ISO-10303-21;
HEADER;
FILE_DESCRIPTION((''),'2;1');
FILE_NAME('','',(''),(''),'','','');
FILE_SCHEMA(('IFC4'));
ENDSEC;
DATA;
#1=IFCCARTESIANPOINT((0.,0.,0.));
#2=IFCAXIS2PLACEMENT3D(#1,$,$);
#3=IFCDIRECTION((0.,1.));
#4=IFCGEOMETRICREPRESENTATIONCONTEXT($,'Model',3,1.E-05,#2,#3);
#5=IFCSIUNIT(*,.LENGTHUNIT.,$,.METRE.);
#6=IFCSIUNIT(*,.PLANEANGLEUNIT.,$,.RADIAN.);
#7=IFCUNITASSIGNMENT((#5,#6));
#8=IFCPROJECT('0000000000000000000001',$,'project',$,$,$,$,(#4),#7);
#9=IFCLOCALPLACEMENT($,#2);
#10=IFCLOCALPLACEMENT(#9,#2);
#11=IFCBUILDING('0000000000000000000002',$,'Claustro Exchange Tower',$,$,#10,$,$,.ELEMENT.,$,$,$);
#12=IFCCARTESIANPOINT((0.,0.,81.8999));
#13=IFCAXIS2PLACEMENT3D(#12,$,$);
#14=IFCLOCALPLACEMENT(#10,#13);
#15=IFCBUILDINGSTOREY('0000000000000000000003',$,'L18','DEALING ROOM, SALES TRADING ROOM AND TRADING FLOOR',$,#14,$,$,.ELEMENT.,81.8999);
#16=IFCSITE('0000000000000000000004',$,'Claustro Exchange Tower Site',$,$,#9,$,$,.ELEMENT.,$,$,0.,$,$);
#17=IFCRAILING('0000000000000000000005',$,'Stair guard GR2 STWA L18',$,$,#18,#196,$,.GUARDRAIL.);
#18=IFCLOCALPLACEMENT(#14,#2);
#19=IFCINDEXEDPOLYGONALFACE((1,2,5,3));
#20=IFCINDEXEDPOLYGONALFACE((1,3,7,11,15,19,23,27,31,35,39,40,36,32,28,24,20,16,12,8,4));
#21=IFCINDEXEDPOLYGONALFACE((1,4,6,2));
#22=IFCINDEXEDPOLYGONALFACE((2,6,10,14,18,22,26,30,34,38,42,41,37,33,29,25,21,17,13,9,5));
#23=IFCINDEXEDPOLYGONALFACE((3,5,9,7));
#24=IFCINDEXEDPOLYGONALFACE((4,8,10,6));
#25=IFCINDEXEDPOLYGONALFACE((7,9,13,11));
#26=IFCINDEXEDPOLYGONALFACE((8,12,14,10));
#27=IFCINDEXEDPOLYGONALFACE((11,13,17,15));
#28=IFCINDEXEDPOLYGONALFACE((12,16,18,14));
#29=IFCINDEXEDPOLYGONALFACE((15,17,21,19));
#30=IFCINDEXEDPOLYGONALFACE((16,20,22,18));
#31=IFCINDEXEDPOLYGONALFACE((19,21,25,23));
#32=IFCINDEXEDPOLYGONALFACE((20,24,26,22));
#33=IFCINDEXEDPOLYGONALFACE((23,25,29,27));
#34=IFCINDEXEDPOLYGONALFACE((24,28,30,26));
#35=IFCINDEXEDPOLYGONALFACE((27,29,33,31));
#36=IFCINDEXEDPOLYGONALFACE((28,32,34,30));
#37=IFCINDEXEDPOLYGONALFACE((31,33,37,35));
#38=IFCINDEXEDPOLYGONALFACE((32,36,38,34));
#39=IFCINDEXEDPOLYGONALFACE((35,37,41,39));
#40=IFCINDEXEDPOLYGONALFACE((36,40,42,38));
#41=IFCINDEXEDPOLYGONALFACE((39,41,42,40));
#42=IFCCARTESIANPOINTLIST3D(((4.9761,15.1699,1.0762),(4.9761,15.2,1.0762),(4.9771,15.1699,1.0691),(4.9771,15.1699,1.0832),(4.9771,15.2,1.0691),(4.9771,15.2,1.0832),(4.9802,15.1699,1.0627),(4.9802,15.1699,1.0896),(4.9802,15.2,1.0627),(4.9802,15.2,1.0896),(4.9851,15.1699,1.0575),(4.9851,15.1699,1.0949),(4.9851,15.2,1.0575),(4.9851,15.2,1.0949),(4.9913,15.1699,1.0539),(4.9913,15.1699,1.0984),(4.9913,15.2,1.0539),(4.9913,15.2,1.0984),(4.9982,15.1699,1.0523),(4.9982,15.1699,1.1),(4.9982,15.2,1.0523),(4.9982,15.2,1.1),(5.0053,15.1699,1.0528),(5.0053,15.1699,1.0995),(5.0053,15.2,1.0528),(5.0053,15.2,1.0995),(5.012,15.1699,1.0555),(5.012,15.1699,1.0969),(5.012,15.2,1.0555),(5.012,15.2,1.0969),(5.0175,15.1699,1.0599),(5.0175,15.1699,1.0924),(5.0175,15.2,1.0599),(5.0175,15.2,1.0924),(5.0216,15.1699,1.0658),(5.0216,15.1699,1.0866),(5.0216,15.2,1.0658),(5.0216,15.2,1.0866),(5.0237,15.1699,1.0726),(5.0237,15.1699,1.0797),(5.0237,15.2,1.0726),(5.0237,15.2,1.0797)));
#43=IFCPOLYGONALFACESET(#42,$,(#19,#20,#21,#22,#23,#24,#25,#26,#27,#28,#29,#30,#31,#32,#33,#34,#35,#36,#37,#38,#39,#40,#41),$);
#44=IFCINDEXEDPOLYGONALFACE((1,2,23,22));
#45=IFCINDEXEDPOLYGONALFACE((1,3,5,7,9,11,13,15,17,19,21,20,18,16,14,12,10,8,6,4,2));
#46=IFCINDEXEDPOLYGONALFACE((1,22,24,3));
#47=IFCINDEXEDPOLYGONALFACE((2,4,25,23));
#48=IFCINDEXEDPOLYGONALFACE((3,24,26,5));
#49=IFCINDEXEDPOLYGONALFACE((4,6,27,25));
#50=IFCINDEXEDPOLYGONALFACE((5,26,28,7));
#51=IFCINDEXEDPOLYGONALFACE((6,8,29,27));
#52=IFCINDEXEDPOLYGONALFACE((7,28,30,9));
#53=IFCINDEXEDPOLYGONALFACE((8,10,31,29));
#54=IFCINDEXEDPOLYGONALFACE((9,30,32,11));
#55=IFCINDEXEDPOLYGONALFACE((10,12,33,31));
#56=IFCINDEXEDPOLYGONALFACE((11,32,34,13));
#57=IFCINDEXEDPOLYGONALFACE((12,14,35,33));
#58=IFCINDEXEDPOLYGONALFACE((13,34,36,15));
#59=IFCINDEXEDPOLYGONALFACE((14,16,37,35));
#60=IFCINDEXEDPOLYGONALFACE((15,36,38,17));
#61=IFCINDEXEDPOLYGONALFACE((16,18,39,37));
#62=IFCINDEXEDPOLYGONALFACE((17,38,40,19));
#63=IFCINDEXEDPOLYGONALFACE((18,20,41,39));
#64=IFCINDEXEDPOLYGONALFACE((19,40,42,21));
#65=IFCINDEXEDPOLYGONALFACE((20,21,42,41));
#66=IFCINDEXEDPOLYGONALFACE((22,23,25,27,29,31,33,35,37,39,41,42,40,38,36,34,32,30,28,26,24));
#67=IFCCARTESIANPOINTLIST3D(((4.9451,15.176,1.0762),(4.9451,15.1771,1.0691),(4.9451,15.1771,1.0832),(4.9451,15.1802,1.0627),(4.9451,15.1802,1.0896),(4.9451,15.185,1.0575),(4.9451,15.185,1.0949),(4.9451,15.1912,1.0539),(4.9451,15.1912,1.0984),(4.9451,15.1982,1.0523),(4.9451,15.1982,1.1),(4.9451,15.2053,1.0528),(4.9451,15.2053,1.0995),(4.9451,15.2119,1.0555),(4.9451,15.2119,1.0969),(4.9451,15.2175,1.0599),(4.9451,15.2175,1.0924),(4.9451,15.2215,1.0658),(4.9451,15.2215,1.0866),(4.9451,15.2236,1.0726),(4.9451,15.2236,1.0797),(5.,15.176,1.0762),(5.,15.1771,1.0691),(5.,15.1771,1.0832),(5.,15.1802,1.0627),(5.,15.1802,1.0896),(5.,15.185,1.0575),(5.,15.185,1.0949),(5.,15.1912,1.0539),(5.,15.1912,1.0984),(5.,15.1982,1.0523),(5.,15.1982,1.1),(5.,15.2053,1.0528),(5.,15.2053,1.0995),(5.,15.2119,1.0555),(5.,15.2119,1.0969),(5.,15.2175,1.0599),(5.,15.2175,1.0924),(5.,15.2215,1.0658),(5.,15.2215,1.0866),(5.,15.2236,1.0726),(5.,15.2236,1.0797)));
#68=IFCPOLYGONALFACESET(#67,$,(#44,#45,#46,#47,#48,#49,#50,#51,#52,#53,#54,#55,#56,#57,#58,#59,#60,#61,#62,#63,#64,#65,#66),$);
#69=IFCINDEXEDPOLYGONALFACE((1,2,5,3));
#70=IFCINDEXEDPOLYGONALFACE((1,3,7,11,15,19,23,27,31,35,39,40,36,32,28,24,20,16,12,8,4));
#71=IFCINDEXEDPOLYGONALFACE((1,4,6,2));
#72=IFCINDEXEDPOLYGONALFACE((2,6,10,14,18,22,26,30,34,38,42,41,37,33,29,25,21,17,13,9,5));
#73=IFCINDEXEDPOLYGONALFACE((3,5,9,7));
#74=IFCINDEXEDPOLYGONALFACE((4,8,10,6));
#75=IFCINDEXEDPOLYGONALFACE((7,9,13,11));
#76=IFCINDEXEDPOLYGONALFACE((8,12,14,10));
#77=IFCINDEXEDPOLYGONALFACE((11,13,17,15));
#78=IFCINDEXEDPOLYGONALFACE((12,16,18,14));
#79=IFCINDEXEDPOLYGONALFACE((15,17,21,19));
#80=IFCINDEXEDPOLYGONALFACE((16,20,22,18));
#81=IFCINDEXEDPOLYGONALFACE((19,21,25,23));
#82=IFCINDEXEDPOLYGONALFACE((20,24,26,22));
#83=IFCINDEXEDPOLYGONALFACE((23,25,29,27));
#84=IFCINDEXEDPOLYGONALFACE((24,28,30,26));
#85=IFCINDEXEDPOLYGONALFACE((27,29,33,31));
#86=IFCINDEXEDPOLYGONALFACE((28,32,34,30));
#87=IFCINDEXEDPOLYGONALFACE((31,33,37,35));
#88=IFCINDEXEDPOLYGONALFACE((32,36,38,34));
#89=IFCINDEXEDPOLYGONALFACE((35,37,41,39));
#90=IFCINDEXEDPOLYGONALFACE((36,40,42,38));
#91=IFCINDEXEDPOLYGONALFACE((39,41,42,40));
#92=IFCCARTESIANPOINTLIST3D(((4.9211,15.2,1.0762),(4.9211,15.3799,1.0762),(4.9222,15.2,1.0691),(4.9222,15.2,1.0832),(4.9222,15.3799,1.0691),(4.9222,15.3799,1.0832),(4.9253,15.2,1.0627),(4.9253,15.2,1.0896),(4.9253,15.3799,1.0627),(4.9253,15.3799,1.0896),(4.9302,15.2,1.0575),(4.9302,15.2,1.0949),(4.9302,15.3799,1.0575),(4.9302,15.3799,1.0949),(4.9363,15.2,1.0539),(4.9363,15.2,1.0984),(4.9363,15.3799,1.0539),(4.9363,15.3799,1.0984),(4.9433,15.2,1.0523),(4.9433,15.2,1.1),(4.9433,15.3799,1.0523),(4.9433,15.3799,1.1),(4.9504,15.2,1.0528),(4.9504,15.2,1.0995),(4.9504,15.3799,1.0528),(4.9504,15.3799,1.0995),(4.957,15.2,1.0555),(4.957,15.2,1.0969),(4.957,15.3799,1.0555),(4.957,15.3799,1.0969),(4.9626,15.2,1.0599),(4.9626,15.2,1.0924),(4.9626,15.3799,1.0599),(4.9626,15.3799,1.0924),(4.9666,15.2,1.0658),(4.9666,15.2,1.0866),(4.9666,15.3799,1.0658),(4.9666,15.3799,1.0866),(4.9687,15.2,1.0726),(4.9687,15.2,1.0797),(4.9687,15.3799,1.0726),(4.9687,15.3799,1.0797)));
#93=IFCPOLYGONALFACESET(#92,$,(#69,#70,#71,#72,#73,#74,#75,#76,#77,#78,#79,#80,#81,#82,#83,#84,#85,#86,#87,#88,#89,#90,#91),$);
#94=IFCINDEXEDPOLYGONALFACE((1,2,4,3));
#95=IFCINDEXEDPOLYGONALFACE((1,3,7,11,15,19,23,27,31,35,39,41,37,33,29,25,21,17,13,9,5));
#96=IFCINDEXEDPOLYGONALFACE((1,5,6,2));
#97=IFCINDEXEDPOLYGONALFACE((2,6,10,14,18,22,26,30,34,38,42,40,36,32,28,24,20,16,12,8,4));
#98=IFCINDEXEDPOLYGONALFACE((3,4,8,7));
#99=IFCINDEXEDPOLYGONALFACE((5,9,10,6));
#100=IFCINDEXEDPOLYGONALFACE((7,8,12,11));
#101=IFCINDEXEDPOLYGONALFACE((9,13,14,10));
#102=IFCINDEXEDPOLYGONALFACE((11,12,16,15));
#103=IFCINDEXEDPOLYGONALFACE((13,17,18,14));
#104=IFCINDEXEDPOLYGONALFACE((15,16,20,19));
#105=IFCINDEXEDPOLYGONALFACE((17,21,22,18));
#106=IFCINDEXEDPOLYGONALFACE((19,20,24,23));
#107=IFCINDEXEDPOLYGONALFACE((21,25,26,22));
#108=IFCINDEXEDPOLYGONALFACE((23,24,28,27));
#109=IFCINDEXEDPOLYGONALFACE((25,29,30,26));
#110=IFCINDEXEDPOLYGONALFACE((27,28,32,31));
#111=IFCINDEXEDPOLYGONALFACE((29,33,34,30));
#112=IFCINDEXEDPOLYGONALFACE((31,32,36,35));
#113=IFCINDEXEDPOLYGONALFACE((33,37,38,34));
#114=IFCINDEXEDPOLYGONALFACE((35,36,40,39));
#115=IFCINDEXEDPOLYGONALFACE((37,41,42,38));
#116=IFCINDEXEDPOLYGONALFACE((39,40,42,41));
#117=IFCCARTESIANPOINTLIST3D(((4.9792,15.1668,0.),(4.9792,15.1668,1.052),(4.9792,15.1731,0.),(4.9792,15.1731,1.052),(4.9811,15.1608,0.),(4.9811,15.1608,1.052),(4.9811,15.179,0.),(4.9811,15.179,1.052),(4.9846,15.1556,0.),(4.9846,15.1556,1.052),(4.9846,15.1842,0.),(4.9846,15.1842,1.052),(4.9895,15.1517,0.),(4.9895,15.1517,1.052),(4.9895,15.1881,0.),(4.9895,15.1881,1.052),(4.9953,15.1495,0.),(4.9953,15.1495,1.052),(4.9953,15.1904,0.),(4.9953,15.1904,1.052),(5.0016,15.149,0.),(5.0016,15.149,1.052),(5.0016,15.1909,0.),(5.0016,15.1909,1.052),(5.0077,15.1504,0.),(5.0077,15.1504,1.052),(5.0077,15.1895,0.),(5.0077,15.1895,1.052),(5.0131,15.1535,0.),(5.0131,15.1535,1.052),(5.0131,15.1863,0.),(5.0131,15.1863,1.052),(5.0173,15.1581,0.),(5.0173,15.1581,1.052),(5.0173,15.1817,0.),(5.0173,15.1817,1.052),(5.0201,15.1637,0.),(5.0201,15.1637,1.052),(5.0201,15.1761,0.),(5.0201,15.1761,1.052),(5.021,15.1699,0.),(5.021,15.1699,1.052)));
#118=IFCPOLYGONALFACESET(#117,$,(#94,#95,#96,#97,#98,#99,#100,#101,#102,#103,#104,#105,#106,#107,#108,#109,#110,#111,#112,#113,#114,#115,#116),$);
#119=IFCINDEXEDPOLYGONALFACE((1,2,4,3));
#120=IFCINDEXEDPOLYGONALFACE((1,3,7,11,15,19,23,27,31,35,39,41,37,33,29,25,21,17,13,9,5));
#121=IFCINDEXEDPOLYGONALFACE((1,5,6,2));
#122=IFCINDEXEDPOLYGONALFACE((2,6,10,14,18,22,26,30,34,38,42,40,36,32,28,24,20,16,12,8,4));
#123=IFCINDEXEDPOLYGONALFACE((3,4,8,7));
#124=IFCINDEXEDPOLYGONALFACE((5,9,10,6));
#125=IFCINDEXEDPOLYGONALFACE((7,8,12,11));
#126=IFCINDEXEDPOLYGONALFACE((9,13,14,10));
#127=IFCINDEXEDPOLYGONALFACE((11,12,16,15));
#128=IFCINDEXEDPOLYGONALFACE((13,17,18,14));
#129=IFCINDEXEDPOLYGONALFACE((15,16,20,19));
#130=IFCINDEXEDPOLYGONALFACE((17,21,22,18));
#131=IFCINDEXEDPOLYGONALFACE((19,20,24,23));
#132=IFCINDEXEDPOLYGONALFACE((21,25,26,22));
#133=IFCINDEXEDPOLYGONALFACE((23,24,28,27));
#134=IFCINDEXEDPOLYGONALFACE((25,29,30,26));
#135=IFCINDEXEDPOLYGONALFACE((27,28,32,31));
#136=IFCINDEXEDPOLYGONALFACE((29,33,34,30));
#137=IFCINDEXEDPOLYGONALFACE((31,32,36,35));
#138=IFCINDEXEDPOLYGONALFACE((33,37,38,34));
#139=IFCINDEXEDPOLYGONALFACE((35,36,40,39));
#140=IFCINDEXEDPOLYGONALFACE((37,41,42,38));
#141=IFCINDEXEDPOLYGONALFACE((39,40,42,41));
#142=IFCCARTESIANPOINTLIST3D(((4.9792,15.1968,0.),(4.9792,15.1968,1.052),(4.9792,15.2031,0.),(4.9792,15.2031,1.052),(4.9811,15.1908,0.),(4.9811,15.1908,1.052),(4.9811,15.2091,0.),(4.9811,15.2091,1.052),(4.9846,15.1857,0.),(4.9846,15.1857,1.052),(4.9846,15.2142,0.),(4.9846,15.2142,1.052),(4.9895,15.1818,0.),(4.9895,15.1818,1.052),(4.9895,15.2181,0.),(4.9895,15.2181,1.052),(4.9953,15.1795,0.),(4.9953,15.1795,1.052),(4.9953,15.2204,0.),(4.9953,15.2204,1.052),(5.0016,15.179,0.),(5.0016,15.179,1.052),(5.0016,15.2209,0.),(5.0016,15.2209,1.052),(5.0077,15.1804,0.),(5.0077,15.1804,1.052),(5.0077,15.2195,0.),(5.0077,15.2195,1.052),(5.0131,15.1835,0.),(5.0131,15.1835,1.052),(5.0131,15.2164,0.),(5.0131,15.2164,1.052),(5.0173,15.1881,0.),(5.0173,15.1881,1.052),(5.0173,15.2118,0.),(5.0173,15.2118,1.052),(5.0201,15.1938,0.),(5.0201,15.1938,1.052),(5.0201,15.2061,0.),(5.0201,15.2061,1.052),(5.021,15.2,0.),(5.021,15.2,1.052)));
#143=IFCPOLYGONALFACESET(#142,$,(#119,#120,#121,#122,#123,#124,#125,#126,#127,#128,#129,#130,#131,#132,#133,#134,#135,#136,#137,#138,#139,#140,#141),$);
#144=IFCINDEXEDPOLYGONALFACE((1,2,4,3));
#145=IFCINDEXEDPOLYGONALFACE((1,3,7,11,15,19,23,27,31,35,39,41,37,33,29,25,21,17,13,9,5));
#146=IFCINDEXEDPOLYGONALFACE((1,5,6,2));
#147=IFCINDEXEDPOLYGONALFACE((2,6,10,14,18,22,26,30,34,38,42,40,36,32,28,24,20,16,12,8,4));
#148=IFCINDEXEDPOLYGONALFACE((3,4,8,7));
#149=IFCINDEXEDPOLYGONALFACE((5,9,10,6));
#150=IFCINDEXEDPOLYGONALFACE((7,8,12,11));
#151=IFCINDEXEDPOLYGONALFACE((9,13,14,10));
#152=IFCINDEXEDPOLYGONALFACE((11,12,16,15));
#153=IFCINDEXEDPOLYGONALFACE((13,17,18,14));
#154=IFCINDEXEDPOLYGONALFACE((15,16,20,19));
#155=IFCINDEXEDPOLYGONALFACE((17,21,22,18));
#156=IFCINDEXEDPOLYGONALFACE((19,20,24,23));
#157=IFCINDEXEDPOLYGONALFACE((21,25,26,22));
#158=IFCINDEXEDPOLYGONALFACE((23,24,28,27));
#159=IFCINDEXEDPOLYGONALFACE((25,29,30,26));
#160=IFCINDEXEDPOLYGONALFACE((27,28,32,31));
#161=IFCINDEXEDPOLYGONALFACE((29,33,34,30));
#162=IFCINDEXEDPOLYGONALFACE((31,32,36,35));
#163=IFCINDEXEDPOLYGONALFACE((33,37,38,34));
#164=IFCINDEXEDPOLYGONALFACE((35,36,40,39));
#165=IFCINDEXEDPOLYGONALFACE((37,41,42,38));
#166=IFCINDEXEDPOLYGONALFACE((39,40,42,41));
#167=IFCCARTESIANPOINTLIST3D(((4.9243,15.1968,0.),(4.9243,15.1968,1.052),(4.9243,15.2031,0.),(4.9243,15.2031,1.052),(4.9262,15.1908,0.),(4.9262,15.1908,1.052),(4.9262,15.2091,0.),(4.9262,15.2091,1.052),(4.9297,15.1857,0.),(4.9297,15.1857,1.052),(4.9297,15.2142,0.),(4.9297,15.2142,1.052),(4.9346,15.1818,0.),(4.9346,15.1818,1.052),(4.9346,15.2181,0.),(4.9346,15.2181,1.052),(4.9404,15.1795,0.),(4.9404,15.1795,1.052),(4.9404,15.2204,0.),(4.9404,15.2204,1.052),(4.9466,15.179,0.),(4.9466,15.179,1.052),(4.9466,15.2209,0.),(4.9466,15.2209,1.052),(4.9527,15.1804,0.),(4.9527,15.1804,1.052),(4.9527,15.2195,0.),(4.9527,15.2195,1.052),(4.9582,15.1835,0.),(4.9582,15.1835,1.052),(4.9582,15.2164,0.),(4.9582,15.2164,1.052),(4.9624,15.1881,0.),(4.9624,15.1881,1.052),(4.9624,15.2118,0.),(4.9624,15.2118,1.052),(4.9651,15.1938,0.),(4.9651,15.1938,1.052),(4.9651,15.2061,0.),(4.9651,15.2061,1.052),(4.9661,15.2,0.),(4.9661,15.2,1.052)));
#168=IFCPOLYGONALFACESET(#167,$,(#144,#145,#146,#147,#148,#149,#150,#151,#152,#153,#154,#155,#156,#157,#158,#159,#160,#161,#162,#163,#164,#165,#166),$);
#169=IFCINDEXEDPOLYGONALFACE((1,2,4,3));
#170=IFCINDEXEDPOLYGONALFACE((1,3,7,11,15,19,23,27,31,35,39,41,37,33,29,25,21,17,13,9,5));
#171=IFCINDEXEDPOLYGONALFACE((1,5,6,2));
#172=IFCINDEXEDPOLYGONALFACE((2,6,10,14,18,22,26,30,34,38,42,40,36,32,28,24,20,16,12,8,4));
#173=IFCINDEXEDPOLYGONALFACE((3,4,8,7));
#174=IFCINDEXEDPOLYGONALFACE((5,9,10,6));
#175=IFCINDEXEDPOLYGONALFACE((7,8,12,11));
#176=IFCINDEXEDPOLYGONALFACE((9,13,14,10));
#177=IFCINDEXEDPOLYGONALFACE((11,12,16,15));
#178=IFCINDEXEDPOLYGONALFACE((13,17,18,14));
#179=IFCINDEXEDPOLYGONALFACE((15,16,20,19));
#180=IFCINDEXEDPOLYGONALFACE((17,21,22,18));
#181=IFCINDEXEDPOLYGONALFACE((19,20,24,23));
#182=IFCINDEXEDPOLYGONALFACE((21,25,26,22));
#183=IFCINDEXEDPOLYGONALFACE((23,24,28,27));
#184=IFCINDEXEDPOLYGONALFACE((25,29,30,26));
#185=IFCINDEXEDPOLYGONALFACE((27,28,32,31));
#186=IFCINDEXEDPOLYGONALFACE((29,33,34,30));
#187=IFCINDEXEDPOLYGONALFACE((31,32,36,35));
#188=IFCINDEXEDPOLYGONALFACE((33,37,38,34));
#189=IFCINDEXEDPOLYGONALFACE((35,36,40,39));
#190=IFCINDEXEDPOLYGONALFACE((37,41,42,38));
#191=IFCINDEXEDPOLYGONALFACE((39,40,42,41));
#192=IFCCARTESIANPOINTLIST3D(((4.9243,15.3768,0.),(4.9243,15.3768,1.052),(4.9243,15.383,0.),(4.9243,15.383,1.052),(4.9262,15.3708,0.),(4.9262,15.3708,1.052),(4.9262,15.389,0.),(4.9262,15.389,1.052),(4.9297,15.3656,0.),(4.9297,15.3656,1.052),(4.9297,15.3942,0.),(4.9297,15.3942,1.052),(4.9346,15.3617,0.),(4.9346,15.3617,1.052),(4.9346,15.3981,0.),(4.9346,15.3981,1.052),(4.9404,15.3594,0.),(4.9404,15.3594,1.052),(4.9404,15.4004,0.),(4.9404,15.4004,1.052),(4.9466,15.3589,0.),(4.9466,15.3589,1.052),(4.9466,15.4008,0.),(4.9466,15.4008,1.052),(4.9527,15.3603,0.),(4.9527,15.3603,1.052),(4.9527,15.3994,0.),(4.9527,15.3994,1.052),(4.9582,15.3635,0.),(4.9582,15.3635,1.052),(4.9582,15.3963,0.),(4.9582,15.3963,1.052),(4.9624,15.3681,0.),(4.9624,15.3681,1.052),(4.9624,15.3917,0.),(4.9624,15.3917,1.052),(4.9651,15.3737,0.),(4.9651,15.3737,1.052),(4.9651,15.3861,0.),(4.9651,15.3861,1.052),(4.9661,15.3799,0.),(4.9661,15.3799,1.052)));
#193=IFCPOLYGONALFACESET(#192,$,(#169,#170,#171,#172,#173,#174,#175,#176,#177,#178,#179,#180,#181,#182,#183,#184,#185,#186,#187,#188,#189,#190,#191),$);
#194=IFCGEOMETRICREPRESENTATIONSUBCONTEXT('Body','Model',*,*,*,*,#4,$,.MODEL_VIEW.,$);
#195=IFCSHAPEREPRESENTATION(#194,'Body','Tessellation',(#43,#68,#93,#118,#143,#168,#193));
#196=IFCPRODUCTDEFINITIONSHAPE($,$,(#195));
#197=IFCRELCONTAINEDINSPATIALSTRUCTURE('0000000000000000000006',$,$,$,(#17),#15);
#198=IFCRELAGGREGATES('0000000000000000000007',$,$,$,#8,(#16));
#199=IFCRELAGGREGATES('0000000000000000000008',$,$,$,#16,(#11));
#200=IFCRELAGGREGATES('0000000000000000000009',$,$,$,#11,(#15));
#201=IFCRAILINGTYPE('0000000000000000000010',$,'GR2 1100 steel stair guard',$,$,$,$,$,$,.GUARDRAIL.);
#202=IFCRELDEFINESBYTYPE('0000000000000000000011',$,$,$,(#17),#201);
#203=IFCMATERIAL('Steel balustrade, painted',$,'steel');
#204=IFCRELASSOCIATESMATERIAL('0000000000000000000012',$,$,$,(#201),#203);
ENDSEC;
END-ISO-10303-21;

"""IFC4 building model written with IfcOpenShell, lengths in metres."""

from ifc_helpers import new_model, si_unit, direction, frame, origin, origin_2d, place, context, subcontext, project, spatial, circle, extrude, material, type_object, element, save


model = new_model("IFC4")

# Units and contexts
model_context = context("Model", 3, precision=1e-05, world=origin(), true_north=direction((0.0, 1.0)))
body_context = subcontext(model_context, "Body", "Model", "MODEL_VIEW")
ifc_project = project(units=[si_unit("LENGTHUNIT", "METRE"), si_unit("PLANEANGLEUNIT", "RADIAN")], contexts=[model_context])

# Site, building, storey
site_placement = place(None, origin())
site = spatial("IfcSite", under=ifc_project, at=site_placement, Name="Claustro Exchange Tower Site", CompositionType="ELEMENT", RefElevation=0.0)
building_placement = place(site_placement, origin())
building = spatial("IfcBuilding", under=site, at=building_placement, Name="Claustro Exchange Tower", CompositionType="ELEMENT")
storey_placement = place(building_placement, frame((0.0, 0.0, 81.8999)))
storey = spatial("IfcBuildingStorey", under=building, at=storey_placement, Name="L18", Description="DEALING ROOM, SALES TRADING ROOM AND TRADING FLOOR", CompositionType="ELEMENT", Elevation=81.8999)

# Railing
ifc_material_1 = material(Name="Steel balustrade, painted", Category="steel")
railing_type_1 = type_object("IfcRailingType", Name="GR2 1100 steel stair guard", PredefinedType="GUARDRAIL", material=ifc_material_1)
railing_1_placement = place(storey_placement, frame((5.0, 15.1699, 0.0)))
element("IfcRailing", 1, at=railing_1_placement, inside=storey, type_object=railing_type_1, Name="Stair guard GR2 STWA L18", PredefinedType="GUARDRAIL", context=body_context, shape_type="SweptSolid", body=[
    extrude(circle(Radius=0.0239, at=origin_2d()), frame((0.0, 0.0, 1.0762), z_axis=(0.0, 1.0, 0.0), x_axis=(-1.0, 0.0, 0.0)), (0.0, 0.0, 1.0), 0.03),
    extrude(circle(Radius=0.0239, at=origin_2d()), frame((0.0, 0.03, 1.0762), z_axis=(-1.0, 0.0, 0.0), x_axis=(0.0, -1.0, 0.0)), (0.0, 0.0, 1.0), 0.0549),
    extrude(circle(Radius=0.0239, at=origin_2d()), frame((-0.0549, 0.03, 1.0762), z_axis=(0.0, 1.0, 0.0), x_axis=(-1.0, 0.0, 0.0)), (0.0, 0.0, 1.0), 0.1799),
    extrude(circle(Radius=0.021, at=origin_2d()), origin(), (0.0, 0.0, 1.0), 1.052),
    extrude(circle(Radius=0.021, at=origin_2d()), frame((0.0, 0.03, 0.0)), (0.0, 0.0, 1.0), 1.052),
    extrude(circle(Radius=0.021, at=origin_2d()), frame((-0.0549, 0.03, 0.0)), (0.0, 0.0, 1.0), 1.052),
    extrude(circle(Radius=0.021, at=origin_2d()), frame((-0.0549, 0.21, 0.0)), (0.0, 0.0, 1.0), 1.052),
])

save(model, "model.ifc")
